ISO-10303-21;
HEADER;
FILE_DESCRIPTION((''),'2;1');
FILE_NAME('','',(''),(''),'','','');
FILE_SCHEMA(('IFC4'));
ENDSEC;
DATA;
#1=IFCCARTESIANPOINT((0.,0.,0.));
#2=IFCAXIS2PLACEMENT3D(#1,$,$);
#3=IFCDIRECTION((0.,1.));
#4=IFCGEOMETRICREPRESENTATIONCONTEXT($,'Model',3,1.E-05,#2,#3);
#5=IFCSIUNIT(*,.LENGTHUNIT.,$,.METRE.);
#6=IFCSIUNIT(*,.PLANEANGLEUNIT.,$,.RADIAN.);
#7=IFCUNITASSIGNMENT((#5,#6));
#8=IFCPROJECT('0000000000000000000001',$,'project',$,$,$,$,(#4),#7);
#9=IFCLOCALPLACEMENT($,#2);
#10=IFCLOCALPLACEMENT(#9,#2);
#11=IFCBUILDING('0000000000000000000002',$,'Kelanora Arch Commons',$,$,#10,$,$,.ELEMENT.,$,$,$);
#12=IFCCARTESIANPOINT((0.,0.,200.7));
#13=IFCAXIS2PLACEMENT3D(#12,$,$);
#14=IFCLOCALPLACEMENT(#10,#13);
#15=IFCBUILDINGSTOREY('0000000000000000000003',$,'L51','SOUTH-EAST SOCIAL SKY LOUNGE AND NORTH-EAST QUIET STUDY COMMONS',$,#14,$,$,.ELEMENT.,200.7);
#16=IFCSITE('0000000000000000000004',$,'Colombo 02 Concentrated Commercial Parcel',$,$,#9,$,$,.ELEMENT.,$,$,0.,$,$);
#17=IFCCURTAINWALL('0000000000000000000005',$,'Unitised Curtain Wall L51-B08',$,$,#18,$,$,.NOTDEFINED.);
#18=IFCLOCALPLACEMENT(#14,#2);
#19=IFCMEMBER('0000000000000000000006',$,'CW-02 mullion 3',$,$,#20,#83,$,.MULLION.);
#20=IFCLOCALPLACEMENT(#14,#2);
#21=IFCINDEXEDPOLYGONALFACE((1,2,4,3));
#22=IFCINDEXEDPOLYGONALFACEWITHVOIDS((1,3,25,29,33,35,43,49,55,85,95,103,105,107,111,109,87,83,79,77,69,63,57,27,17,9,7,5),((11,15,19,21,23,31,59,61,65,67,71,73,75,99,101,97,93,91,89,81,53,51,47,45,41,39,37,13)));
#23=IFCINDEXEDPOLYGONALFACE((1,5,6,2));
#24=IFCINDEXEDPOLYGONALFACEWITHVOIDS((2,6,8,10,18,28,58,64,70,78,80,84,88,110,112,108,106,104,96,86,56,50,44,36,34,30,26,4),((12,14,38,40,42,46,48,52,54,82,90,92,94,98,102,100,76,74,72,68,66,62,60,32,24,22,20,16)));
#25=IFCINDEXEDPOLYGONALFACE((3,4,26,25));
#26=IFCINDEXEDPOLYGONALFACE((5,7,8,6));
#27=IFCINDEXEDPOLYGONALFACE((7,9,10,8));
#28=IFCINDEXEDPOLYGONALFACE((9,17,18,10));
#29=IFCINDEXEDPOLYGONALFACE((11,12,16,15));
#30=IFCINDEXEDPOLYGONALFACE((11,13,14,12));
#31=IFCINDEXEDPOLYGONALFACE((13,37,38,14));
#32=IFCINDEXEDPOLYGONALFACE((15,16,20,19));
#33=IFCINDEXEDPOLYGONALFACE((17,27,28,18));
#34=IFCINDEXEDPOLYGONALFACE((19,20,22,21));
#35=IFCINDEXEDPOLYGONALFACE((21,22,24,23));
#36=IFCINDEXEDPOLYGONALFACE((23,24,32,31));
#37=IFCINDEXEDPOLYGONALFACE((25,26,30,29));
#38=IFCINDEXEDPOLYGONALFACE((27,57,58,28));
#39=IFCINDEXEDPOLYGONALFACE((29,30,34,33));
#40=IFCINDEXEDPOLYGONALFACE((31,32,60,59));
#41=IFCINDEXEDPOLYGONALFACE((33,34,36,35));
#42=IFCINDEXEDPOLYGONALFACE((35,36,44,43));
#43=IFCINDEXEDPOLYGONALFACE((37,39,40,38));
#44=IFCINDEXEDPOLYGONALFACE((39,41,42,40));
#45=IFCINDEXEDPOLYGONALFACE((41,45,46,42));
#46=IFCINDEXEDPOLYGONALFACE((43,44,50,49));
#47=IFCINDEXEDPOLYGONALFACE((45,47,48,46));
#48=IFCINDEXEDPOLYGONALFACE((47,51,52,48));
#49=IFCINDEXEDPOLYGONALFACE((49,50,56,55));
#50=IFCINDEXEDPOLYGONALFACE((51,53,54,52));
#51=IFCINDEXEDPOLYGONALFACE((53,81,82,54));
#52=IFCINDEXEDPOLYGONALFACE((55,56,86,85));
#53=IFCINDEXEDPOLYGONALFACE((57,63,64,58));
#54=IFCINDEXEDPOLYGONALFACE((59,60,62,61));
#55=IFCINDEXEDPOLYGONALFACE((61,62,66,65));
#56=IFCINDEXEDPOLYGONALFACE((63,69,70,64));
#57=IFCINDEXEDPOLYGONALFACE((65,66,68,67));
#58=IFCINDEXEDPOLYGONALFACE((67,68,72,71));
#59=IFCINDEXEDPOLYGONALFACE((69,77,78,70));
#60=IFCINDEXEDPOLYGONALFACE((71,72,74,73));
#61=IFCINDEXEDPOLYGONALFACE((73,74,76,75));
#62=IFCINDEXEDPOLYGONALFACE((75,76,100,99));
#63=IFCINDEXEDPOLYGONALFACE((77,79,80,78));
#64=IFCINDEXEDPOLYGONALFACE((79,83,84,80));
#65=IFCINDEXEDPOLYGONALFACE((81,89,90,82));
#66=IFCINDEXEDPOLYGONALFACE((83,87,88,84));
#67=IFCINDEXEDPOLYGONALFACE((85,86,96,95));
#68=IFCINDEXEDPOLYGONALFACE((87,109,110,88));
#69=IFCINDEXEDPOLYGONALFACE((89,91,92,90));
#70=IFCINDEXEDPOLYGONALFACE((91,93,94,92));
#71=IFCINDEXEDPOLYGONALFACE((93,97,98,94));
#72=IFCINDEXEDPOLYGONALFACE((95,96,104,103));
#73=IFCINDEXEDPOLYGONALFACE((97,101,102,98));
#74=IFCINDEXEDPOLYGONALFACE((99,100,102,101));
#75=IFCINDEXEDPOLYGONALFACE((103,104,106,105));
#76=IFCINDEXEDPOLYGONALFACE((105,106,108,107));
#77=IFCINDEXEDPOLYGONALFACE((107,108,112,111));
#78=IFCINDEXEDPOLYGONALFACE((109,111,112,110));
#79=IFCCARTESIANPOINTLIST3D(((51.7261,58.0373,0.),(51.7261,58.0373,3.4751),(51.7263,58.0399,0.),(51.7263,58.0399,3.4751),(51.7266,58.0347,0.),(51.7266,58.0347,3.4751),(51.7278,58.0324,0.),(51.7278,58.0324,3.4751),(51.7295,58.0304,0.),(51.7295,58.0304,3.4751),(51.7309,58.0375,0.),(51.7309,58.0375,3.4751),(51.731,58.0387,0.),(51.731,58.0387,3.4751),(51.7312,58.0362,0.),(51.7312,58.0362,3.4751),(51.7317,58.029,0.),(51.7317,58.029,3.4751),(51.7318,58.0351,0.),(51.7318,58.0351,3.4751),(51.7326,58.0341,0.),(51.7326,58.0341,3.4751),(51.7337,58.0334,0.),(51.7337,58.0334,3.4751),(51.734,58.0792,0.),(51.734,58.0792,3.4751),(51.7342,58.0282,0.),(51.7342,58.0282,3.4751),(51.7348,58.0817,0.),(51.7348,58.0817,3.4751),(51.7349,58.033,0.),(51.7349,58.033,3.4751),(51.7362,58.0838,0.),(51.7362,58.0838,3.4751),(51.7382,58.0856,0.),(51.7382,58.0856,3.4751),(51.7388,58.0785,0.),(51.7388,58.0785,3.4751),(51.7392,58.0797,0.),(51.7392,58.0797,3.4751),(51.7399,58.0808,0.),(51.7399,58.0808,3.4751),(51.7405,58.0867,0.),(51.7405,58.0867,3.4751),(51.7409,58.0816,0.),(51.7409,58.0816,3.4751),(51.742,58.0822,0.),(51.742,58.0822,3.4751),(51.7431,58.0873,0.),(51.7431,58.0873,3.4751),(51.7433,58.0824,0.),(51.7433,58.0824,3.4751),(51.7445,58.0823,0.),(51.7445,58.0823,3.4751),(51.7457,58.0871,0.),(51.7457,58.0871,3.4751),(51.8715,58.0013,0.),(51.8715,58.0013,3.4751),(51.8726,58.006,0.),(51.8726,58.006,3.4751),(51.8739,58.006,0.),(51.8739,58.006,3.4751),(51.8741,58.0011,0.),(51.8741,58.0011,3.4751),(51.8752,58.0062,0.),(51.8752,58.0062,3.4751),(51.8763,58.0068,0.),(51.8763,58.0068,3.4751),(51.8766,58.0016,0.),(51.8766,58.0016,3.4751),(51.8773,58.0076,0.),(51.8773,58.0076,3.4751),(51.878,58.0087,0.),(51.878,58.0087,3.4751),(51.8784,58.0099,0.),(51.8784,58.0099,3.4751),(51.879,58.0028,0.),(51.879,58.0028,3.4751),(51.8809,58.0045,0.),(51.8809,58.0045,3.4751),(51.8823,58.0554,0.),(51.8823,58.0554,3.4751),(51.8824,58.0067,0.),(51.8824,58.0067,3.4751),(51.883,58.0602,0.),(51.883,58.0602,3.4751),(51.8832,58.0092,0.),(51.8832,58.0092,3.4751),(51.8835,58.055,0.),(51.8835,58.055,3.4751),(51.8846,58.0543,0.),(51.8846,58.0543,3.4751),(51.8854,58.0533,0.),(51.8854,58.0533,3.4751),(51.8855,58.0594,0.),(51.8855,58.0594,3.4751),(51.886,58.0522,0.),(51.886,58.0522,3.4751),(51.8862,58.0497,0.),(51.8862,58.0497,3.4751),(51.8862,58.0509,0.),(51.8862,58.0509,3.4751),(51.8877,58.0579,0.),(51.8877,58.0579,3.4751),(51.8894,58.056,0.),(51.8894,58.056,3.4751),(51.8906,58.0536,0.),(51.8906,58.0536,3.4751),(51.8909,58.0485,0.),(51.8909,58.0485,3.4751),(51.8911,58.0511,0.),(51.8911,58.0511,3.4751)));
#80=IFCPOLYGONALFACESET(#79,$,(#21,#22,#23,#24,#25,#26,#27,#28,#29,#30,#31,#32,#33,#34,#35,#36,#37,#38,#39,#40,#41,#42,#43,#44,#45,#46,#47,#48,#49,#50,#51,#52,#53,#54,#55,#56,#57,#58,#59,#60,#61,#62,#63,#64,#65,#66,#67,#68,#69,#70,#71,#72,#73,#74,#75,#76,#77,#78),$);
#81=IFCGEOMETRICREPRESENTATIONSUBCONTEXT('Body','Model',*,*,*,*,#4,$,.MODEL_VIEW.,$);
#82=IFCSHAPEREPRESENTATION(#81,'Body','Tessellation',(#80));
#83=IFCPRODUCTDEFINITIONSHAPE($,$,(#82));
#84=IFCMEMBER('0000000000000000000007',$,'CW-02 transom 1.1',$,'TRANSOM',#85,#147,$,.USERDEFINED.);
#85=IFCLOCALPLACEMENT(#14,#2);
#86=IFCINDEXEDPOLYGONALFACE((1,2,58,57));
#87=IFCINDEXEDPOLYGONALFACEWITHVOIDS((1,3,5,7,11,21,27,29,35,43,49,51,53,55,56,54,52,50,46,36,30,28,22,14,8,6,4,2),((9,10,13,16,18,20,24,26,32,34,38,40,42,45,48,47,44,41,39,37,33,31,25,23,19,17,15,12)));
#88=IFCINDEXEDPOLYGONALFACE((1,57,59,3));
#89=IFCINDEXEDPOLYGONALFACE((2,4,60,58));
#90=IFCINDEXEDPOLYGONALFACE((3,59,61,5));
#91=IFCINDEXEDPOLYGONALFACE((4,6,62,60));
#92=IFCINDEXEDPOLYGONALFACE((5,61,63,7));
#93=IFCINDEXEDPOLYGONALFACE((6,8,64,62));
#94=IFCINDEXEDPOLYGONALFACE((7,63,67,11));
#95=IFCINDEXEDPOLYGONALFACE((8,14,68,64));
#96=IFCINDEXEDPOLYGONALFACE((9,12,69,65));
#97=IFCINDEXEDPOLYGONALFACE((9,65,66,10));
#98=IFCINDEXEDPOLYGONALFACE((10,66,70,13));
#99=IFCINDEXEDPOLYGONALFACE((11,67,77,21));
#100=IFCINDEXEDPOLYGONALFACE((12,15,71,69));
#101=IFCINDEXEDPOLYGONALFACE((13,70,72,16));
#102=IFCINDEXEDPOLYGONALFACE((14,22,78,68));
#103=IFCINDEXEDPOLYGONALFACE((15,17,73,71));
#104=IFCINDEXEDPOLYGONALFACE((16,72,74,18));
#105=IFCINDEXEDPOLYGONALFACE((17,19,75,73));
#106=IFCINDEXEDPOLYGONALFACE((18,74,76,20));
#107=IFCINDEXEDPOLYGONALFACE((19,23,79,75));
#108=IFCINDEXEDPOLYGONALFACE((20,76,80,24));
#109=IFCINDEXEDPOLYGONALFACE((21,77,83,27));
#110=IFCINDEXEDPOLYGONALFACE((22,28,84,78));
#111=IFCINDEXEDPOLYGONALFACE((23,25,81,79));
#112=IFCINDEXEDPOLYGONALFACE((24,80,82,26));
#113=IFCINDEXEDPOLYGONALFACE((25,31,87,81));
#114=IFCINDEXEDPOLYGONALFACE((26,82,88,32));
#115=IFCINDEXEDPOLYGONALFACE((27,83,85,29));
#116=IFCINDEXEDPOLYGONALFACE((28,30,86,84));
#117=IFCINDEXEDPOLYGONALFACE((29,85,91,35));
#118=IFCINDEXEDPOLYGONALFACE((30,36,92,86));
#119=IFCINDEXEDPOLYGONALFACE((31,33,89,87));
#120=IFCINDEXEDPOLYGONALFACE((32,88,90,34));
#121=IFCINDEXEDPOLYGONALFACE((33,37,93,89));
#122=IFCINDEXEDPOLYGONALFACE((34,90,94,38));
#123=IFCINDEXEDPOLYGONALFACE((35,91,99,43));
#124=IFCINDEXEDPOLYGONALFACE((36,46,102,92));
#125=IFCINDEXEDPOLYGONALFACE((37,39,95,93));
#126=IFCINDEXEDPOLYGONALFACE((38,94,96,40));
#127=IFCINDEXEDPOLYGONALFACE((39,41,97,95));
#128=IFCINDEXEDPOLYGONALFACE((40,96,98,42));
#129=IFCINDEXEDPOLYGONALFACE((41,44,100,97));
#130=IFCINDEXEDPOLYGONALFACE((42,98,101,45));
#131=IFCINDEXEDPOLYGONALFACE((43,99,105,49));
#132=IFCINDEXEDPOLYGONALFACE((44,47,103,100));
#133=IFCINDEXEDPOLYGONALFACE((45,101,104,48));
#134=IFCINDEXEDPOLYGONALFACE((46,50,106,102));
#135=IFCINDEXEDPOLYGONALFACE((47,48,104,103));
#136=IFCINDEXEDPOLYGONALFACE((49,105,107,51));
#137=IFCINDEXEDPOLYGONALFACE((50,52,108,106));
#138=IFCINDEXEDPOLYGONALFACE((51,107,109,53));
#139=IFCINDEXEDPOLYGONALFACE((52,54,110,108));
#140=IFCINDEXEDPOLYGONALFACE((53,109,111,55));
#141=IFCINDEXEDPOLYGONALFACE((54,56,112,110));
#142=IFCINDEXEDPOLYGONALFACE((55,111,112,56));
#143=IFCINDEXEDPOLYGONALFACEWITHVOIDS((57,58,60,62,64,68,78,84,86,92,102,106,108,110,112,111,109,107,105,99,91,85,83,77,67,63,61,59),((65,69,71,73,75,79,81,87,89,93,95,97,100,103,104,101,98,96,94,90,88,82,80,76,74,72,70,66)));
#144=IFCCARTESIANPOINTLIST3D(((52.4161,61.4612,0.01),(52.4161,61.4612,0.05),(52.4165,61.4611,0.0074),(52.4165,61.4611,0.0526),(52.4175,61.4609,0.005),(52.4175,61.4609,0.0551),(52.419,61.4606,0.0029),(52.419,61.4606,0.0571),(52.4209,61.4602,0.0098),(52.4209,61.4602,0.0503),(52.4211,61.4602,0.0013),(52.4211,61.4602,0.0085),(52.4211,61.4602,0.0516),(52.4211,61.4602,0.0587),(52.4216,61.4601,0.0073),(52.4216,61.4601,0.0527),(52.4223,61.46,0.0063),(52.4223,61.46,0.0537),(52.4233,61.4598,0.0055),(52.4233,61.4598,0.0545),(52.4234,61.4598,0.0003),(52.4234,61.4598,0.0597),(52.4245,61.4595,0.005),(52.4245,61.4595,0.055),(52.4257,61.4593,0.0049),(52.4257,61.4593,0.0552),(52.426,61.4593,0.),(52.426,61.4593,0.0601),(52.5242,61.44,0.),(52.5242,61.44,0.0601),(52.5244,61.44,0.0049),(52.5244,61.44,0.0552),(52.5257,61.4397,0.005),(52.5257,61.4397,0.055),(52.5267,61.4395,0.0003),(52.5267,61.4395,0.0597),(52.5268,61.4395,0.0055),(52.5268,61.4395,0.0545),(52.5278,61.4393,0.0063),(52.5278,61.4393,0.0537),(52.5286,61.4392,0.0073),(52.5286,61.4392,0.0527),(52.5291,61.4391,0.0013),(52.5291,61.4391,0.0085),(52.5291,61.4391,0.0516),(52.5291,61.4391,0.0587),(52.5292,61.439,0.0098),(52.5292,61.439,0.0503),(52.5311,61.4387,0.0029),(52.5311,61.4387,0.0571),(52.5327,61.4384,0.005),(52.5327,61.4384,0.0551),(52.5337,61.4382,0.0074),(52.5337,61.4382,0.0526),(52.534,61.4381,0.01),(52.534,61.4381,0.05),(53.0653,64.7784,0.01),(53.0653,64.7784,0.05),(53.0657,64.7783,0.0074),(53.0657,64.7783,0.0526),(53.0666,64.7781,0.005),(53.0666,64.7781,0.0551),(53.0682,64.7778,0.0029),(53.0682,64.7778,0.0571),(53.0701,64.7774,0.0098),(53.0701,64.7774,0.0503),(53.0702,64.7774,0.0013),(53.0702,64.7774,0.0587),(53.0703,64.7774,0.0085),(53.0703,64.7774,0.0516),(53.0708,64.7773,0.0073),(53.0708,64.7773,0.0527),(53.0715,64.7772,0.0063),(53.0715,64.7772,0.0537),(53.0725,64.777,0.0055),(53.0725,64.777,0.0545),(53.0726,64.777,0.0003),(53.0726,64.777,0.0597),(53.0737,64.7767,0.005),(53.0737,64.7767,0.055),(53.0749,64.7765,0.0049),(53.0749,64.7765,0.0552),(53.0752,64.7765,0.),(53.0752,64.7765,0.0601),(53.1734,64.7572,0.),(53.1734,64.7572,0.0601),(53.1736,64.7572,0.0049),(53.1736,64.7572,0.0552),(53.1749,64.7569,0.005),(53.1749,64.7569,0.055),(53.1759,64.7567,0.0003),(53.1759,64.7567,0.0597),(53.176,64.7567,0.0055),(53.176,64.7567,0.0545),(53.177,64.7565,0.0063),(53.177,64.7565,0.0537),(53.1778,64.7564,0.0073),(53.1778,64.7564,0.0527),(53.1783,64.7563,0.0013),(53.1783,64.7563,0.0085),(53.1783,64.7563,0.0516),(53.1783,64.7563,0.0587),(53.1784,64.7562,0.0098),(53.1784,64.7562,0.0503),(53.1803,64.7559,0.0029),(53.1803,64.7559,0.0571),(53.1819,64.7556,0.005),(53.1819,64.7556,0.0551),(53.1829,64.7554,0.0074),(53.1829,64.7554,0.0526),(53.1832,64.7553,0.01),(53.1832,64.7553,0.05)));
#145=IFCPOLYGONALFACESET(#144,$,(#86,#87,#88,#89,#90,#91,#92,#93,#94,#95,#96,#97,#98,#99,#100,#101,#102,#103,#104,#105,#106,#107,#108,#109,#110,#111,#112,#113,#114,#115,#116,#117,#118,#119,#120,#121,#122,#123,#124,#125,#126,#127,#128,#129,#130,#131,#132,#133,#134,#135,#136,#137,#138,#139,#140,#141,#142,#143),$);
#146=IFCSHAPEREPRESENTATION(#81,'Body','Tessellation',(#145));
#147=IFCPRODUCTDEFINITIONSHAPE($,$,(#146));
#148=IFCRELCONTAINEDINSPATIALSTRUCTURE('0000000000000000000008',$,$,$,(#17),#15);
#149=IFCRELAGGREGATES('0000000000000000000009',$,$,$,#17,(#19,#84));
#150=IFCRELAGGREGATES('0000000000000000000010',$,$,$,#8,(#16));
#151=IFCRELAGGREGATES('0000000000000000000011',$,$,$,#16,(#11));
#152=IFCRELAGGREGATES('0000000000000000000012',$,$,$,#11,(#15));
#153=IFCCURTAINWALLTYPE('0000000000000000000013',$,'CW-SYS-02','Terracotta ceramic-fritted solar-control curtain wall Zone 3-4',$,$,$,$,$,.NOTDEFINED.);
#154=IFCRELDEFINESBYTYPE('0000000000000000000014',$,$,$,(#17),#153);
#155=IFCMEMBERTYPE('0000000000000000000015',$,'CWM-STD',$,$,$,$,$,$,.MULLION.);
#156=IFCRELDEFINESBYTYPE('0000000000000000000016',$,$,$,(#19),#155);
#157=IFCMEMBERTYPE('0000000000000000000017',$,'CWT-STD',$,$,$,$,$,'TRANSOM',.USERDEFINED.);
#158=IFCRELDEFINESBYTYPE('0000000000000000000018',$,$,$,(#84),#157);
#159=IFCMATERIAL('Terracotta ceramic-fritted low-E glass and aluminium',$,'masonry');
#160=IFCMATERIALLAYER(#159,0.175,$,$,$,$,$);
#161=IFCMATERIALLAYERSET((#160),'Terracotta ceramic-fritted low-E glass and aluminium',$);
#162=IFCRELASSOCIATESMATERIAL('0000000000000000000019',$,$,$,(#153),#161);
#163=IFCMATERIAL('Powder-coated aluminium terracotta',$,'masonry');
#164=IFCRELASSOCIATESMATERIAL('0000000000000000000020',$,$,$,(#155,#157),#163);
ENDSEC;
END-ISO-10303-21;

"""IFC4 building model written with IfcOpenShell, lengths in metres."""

from ifc_helpers import new_model, si_unit, direction, frame, origin, origin_2d, place, context, subcontext, project, spatial, hollow_rectangle, extrude, material, layer, layer_set, material_profile, profile_set, type_object, element, aggregate, save


model = new_model("IFC4")

# Units and contexts
model_context = context("Model", 3, precision=1e-05, world=origin(), true_north=direction((0.0, 1.0)))
body_context = subcontext(model_context, "Body", "Model", "MODEL_VIEW")
ifc_project = project(units=[si_unit("LENGTHUNIT", "METRE"), si_unit("PLANEANGLEUNIT", "RADIAN")], contexts=[model_context])

# Site, building, storey
site_placement = place(None, origin())
site = spatial("IfcSite", under=ifc_project, at=site_placement, Name="Colombo 02 Concentrated Commercial Parcel", CompositionType="ELEMENT", RefElevation=0.0)
building_placement = place(site_placement, origin())
building = spatial("IfcBuilding", under=site, at=building_placement, Name="Kelanora Arch Commons", CompositionType="ELEMENT")
storey_placement = place(building_placement, frame((0.0, 0.0, 200.7)))
storey = spatial("IfcBuildingStorey", under=building, at=storey_placement, Name="L51", Description="SOUTH-EAST SOCIAL SKY LOUNGE AND NORTH-EAST QUIET STUDY COMMONS", CompositionType="ELEMENT", Elevation=200.7)

# Curtain wall, members
ifc_material_1 = material(Name="Terracotta ceramic-fritted low-E glass and aluminium", Category="masonry")
ifc_layer_1 = layer(ifc_material_1, 0.175)
ifc_layer_set_1 = layer_set([ifc_layer_1], Name="Terracotta ceramic-fritted low-E glass and aluminium")
curtain_wall_type = type_object("IfcCurtainWallType", Name="CW-SYS-02", Description="Terracotta ceramic-fritted solar-control curtain wall Zone 3-4", PredefinedType="NOTDEFINED", material=ifc_layer_set_1)
curtain_wall_placement = place(storey_placement, origin())
curtain_wall = element("IfcCurtainWall", 1, at=curtain_wall_placement, inside=storey, type_object=curtain_wall_type, Name="Unitised Curtain Wall L51-B08", PredefinedType="NOTDEFINED")
ifc_material_2 = material(Name="Powder-coated aluminium terracotta", Category="masonry")
ifc_material_profile_1 = material_profile(ifc_material_2, hollow_rectangle(XDim=0.1599, YDim=0.0601, WallThickness=0.0049, InnerFilletRadius=0.0049, OuterFilletRadius=0.01, at=origin_2d()), Name="CWM160x60")
ifc_profile_set_1 = profile_set([ifc_material_profile_1], Name="Powder-coated aluminium terracotta")
member_type_1 = type_object("IfcMemberType", Name="CWM-STD", PredefinedType="MULLION", material=ifc_profile_set_1)
member_1_placement = place(storey_placement, frame((51.8086, 58.0442, 0.0), z_axis=(0.0, 0.0, 1.0), x_axis=(0.981381, -0.192069, 0.0)))
member_1 = element("IfcMember", 2, at=member_1_placement, type_object=member_type_1, Name="CW-02 mullion 3", PredefinedType="MULLION", context=body_context, shape_type="SweptSolid", body=[
    extrude(hollow_rectangle(XDim=0.1599, YDim=0.0601, WallThickness=0.0049, InnerFilletRadius=0.0049, OuterFilletRadius=0.01, at=origin_2d()), origin(), (0.0, 0.0, 1.0), 3.4751),
])
ifc_material_profile_2 = material_profile(ifc_material_2, hollow_rectangle(XDim=0.1201, YDim=0.0601, WallThickness=0.0049, InnerFilletRadius=0.0049, OuterFilletRadius=0.01, at=origin_2d()), Name="CWT120x60")
ifc_profile_set_2 = profile_set([ifc_material_profile_2], Name="Powder-coated aluminium terracotta")
member_type_2 = type_object("IfcMemberType", Name="CWT-STD", ElementType="TRANSOM", PredefinedType="USERDEFINED", material=ifc_profile_set_2)
member_2_placement = place(storey_placement, frame((53.1243, 64.7668, 0.03), z_axis=(-0.192058, -0.981383, 0.0), x_axis=(0.981383, -0.192058, 0.0)))
member_2 = element("IfcMember", 3, at=member_2_placement, type_object=member_type_2, Name="CW-02 transom 1.1", ObjectType="TRANSOM", PredefinedType="USERDEFINED", context=body_context, shape_type="SweptSolid", body=[
    extrude(hollow_rectangle(XDim=0.1201, YDim=0.0601, WallThickness=0.0049, InnerFilletRadius=0.0049, OuterFilletRadius=0.01, at=origin_2d()), origin(), (0.0, 0.0, 1.0), 3.3801),
])
aggregate(curtain_wall, [member_1, member_2])

save(model, "model.ifc")
